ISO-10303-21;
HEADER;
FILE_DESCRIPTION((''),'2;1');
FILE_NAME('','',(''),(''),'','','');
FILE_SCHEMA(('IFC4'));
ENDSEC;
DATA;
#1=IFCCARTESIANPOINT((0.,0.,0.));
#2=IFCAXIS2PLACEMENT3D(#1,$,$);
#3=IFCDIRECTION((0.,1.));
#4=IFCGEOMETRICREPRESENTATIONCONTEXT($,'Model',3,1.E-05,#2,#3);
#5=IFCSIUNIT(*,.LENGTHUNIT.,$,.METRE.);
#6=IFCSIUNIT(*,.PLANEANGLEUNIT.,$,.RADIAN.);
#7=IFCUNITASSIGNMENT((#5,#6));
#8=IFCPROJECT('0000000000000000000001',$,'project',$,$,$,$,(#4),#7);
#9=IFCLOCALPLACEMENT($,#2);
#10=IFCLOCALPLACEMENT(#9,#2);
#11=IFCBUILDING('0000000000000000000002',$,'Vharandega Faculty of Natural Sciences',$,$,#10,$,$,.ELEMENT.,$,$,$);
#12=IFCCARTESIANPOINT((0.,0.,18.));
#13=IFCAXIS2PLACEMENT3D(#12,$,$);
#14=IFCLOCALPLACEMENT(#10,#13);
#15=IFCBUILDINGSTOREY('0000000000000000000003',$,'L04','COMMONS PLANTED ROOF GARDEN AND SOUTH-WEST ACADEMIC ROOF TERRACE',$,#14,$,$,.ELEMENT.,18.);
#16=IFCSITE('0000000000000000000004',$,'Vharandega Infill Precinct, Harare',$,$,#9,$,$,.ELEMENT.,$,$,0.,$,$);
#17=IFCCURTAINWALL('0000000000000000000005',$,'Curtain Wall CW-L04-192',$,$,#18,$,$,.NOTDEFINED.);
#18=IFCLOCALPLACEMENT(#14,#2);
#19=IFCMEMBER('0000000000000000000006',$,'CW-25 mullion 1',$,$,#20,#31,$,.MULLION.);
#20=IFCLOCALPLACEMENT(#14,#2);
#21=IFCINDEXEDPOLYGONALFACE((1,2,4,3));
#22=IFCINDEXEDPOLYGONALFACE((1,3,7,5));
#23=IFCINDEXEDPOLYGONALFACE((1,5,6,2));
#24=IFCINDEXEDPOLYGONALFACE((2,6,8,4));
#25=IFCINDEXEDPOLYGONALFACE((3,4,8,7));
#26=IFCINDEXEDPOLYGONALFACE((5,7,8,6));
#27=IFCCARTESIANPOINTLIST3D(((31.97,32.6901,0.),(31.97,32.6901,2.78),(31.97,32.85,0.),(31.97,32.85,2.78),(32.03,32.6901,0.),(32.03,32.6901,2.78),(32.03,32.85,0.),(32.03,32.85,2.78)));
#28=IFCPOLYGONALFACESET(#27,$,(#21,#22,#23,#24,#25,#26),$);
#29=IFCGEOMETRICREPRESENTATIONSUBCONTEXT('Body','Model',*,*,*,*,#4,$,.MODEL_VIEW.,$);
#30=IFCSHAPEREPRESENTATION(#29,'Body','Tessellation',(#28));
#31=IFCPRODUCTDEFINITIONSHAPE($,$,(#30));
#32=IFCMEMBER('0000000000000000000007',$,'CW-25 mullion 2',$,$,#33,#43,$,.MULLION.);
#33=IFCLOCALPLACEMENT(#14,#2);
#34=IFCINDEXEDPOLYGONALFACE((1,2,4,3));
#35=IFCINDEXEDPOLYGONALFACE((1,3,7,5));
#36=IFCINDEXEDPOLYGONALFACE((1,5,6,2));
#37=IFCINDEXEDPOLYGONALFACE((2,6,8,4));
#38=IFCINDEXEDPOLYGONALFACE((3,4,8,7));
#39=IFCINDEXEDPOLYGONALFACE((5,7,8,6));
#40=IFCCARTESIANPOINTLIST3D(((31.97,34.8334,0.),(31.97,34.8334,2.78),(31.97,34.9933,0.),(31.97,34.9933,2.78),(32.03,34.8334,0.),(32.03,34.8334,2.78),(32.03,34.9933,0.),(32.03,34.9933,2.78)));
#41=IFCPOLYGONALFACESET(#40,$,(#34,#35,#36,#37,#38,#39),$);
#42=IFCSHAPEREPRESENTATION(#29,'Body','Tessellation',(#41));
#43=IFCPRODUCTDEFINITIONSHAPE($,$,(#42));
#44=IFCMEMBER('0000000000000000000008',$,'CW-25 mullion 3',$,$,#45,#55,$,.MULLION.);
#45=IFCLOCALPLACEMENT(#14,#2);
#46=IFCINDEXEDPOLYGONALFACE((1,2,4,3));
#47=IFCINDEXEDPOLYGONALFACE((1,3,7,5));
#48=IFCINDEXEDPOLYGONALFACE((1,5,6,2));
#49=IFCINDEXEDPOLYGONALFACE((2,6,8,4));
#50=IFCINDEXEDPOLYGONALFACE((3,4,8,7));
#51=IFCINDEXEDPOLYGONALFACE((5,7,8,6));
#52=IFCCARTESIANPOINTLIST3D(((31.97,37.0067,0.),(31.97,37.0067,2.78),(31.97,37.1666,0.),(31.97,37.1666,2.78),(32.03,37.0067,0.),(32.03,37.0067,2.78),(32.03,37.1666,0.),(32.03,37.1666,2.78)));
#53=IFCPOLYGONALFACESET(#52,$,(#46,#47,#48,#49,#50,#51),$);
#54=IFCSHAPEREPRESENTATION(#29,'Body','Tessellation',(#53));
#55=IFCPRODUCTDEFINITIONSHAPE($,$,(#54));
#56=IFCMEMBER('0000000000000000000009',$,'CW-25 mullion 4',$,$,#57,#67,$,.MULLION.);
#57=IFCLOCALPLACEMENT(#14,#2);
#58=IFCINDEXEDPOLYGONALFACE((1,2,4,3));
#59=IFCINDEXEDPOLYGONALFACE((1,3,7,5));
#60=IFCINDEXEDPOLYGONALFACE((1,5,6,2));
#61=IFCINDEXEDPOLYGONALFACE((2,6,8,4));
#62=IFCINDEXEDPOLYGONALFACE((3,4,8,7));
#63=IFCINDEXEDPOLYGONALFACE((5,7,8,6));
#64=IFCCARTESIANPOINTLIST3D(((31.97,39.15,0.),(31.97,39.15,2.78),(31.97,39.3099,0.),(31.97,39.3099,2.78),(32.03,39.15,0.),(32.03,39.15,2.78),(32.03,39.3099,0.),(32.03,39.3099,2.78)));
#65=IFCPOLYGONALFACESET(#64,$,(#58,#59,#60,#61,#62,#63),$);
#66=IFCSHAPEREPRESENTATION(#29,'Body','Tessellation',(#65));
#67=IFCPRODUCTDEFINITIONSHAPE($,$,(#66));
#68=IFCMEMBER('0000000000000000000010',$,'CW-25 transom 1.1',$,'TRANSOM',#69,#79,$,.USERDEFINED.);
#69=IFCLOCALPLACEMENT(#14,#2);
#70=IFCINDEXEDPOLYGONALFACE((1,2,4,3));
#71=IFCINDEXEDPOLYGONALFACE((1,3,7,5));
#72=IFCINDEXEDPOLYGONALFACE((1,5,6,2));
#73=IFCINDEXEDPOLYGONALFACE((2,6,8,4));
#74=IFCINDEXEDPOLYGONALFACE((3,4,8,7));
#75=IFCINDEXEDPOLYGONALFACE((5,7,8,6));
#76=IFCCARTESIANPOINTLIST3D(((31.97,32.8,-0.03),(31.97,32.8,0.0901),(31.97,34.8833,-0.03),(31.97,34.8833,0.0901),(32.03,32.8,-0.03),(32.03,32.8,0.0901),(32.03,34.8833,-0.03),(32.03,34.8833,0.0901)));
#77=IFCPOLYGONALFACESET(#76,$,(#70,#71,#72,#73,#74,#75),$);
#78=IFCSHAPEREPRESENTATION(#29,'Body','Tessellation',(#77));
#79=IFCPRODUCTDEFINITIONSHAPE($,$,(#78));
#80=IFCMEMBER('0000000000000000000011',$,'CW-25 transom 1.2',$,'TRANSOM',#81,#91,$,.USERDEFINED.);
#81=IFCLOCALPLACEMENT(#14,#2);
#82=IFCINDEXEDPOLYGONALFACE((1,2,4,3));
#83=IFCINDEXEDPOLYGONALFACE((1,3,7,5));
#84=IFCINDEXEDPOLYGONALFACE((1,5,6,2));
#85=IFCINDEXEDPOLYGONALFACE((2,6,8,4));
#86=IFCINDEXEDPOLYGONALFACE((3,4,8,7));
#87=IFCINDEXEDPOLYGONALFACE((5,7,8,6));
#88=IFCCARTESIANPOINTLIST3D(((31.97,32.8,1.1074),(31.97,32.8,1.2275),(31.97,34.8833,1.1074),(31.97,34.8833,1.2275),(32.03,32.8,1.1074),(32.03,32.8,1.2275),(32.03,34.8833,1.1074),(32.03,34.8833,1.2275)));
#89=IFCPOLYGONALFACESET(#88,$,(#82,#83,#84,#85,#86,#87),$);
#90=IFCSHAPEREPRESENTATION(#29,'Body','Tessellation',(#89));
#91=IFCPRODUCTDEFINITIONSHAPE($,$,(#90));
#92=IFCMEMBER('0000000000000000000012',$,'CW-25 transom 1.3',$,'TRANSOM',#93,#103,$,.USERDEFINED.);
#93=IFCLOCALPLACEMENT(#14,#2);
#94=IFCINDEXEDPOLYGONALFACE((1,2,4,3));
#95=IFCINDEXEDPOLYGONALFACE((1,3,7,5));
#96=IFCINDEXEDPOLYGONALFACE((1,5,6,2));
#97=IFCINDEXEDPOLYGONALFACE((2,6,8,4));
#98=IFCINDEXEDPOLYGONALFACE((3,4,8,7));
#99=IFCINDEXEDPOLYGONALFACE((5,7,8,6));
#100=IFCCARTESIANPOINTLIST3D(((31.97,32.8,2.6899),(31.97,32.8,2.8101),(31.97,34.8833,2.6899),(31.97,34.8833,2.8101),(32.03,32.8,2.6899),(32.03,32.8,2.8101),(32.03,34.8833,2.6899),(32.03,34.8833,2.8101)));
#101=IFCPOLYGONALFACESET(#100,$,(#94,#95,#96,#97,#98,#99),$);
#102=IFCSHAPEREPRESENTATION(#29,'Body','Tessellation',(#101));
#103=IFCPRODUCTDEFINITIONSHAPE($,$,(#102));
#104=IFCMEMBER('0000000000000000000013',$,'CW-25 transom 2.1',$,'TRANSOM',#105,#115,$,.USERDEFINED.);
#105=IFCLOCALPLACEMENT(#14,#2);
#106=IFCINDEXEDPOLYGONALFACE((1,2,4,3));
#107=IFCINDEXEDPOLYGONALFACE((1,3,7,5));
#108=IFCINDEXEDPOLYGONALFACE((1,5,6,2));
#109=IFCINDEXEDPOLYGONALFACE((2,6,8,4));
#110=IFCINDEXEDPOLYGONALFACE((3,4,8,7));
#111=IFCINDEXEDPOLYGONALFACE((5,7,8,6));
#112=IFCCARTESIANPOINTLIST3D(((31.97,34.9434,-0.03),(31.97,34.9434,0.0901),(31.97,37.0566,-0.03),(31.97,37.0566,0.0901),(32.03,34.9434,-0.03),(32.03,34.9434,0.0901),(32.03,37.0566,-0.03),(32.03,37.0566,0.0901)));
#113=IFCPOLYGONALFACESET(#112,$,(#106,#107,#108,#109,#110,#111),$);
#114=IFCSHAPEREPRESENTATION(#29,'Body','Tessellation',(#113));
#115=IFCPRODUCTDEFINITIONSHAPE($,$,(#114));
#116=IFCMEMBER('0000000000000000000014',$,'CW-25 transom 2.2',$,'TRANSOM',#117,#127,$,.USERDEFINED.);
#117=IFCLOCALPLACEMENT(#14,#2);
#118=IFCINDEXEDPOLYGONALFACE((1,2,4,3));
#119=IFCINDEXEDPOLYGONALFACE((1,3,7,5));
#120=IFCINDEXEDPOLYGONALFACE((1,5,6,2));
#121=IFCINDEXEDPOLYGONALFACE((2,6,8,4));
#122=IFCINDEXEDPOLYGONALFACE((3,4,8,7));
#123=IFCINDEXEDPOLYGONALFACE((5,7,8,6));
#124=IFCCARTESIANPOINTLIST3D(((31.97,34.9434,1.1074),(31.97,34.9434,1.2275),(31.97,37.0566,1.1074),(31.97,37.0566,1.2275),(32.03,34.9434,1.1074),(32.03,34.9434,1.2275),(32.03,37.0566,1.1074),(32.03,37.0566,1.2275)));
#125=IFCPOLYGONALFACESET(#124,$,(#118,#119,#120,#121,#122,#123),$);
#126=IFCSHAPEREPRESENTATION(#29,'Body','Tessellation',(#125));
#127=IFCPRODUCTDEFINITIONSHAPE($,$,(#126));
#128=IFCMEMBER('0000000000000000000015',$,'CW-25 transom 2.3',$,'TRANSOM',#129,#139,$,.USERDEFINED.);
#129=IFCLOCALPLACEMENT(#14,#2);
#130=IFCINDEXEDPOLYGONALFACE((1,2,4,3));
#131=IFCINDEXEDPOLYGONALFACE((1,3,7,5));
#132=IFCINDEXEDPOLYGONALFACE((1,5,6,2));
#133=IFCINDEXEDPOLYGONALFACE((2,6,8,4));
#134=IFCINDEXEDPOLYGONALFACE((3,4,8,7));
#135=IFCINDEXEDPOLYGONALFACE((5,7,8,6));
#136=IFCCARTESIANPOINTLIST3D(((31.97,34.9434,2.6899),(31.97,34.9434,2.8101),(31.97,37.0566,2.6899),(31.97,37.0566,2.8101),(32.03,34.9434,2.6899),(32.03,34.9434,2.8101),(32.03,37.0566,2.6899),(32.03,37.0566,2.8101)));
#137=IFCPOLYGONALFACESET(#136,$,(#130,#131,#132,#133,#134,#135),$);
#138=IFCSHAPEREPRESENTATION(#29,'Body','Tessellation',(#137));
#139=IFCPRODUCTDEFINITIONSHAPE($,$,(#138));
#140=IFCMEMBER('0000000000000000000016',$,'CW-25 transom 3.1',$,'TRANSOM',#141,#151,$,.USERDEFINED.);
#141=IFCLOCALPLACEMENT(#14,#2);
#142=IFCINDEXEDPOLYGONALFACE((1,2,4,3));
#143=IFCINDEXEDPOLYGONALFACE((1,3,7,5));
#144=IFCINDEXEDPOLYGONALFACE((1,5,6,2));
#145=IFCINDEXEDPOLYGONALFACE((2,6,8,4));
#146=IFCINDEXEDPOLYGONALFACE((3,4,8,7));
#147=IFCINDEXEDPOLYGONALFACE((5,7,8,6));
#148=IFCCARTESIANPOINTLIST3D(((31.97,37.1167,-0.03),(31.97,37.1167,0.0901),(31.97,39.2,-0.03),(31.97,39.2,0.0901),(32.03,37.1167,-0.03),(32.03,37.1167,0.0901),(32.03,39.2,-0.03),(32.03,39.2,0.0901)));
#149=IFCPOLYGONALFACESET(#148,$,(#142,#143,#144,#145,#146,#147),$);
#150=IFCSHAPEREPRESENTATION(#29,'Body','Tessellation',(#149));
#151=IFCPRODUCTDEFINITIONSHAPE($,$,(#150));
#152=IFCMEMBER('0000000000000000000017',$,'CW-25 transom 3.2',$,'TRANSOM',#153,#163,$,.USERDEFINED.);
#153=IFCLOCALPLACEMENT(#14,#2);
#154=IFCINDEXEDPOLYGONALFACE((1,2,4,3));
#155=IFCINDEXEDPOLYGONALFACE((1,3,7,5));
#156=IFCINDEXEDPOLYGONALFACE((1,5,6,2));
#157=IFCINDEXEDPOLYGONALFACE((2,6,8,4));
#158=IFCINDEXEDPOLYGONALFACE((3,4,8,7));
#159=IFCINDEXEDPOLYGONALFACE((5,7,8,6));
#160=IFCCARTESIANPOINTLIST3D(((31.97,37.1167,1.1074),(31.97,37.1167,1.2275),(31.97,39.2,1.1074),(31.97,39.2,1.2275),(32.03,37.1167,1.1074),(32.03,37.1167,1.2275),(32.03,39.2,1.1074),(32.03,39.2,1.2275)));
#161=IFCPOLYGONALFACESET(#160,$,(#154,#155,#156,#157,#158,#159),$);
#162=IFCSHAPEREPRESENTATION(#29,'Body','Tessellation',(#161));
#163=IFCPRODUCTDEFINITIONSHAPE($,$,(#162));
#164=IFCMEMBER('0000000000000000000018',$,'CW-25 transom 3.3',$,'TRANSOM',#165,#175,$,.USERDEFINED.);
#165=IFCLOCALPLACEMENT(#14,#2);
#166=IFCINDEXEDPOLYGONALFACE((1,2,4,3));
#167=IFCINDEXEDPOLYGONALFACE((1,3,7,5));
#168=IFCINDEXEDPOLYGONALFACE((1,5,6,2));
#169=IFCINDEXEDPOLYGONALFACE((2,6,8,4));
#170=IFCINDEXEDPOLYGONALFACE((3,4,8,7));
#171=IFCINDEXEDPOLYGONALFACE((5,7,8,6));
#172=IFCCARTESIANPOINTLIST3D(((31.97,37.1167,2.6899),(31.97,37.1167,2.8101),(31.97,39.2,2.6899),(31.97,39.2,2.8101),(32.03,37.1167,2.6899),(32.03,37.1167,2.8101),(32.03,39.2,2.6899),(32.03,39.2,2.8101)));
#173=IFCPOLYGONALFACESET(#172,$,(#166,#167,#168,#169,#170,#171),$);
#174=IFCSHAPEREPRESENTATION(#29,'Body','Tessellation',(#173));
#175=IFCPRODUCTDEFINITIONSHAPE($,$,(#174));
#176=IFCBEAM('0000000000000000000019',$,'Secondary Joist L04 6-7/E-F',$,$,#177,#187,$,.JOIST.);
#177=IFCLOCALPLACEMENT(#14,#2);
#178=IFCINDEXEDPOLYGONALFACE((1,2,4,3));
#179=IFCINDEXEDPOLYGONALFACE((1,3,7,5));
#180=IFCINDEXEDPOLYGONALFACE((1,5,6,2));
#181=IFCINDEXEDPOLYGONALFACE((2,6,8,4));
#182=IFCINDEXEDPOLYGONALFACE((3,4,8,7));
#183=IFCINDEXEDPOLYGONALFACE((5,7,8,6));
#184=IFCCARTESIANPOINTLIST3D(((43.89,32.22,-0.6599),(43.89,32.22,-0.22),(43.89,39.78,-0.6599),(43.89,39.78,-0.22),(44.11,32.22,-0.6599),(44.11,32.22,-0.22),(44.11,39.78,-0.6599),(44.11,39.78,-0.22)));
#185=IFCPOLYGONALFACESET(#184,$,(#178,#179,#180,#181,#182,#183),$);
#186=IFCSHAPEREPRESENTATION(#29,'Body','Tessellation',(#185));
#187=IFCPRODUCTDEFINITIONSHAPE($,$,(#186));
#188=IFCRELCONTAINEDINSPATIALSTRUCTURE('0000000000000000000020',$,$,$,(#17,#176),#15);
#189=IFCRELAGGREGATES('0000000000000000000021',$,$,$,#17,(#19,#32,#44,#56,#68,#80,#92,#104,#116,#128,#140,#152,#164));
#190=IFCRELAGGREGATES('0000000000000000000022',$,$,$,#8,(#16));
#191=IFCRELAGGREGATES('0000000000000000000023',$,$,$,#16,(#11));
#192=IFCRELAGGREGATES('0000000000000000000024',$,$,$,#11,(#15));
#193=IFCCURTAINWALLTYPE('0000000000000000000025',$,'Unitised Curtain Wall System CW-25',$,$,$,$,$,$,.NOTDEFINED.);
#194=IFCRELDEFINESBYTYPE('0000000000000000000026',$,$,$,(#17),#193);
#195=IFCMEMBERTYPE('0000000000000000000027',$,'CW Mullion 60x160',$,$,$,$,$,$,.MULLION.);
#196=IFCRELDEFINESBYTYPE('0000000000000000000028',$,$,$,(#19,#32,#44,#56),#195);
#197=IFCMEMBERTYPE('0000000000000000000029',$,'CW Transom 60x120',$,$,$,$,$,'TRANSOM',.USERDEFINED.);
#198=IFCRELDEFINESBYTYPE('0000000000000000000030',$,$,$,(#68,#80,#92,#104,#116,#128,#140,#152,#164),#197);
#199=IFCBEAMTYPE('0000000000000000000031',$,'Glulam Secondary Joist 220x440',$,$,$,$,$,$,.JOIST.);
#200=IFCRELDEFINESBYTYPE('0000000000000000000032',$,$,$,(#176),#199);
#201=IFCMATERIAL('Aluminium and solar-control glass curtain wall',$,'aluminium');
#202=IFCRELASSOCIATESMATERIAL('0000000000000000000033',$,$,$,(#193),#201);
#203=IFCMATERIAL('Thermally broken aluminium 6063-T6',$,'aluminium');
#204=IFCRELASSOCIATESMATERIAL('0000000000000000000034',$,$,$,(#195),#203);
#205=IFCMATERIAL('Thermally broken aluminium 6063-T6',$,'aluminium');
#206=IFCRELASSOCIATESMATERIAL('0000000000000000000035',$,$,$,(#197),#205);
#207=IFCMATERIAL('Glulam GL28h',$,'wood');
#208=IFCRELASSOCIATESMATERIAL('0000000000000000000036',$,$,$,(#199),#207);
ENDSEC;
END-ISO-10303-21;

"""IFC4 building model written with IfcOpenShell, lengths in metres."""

from ifc_helpers import new_model, si_unit, direction, frame, origin, origin_2d, place, context, subcontext, project, spatial, rectangle, extrude, material, material_profile, profile_set, type_object, element, aggregate, save


model = new_model("IFC4")

# Units and contexts
model_context = context("Model", 3, precision=1e-05, world=origin(), true_north=direction((0.0, 1.0)))
body_context = subcontext(model_context, "Body", "Model", "MODEL_VIEW")
ifc_project = project(units=[si_unit("LENGTHUNIT", "METRE"), si_unit("PLANEANGLEUNIT", "RADIAN")], contexts=[model_context])

# Site, building, storey
site_placement = place(None, origin())
site = spatial("IfcSite", under=ifc_project, at=site_placement, Name="Vharandega Infill Precinct, Harare", CompositionType="ELEMENT", RefElevation=0.0)
building_placement = place(site_placement, origin())
building = spatial("IfcBuilding", under=site, at=building_placement, Name="Vharandega Faculty of Natural Sciences", CompositionType="ELEMENT")
storey_placement = place(building_placement, frame((0.0, 0.0, 18.0)))
storey = spatial("IfcBuildingStorey", under=building, at=storey_placement, Name="L04", Description="COMMONS PLANTED ROOF GARDEN AND SOUTH-WEST ACADEMIC ROOF TERRACE", CompositionType="ELEMENT", Elevation=18.0)

# Curtain wall, members
ifc_material_1 = material(Name="Aluminium and solar-control glass curtain wall", Category="aluminium")
curtain_wall_type = type_object("IfcCurtainWallType", Name="Unitised Curtain Wall System CW-25", PredefinedType="NOTDEFINED", material=ifc_material_1)
curtain_wall_placement = place(storey_placement, origin())
curtain_wall = element("IfcCurtainWall", 1, at=curtain_wall_placement, inside=storey, type_object=curtain_wall_type, Name="Curtain Wall CW-L04-192", PredefinedType="NOTDEFINED")
ifc_material_2 = material(Name="Thermally broken aluminium 6063-T6", Category="aluminium")
ifc_material_profile_1 = material_profile(ifc_material_2, rectangle(XDim=0.0601, YDim=0.1599, at=origin_2d()), Name="ALU 60x160")
ifc_profile_set_1 = profile_set([ifc_material_profile_1], Name="Thermally broken aluminium 6063-T6")
member_type_1 = type_object("IfcMemberType", Name="CW Mullion 60x160", PredefinedType="MULLION", material=ifc_profile_set_1)
member_1_placement = place(storey_placement, frame((32.0, 32.77, 0.0), z_axis=(0.0, 0.0, 1.0), x_axis=(-1.0, 0.0, 0.0)))
member_1 = element("IfcMember", 2, at=member_1_placement, type_object=member_type_1, Name="CW-25 mullion 1", PredefinedType="MULLION", context=body_context, shape_type="SweptSolid", body=[
    extrude(rectangle(XDim=0.0601, YDim=0.1599, at=origin_2d()), origin(), (0.0, 0.0, 1.0), 2.78),
])
member_2_placement = place(storey_placement, frame((32.0, 34.9133, 0.0), z_axis=(0.0, 0.0, 1.0), x_axis=(-1.0, 0.0, 0.0)))
member_2 = element("IfcMember", 3, at=member_2_placement, type_object=member_type_1, Name="CW-25 mullion 2", PredefinedType="MULLION", context=body_context, shape_type="SweptSolid", body=[
    extrude(rectangle(XDim=0.0601, YDim=0.1599, at=origin_2d()), origin(), (0.0, 0.0, 1.0), 2.78),
])
member_3_placement = place(storey_placement, frame((32.0, 37.0867, 0.0), z_axis=(0.0, 0.0, 1.0), x_axis=(-1.0, 0.0, 0.0)))
member_3 = element("IfcMember", 4, at=member_3_placement, type_object=member_type_1, Name="CW-25 mullion 3", PredefinedType="MULLION", context=body_context, shape_type="SweptSolid", body=[
    extrude(rectangle(XDim=0.0601, YDim=0.1599, at=origin_2d()), origin(), (0.0, 0.0, 1.0), 2.78),
])
member_4_placement = place(storey_placement, frame((32.0, 39.23, 0.0), z_axis=(0.0, 0.0, 1.0), x_axis=(-1.0, 0.0, 0.0)))
member_4 = element("IfcMember", 5, at=member_4_placement, type_object=member_type_1, Name="CW-25 mullion 4", PredefinedType="MULLION", context=body_context, shape_type="SweptSolid", body=[
    extrude(rectangle(XDim=0.0601, YDim=0.1599, at=origin_2d()), origin(), (0.0, 0.0, 1.0), 2.78),
])
ifc_material_3 = material(Name="Thermally broken aluminium 6063-T6", Category="aluminium")
ifc_material_profile_2 = material_profile(ifc_material_3, rectangle(XDim=0.0601, YDim=0.1201, at=origin_2d()), Name="ALU 60x120")
ifc_profile_set_2 = profile_set([ifc_material_profile_2], Name="Thermally broken aluminium 6063-T6")
member_type_2 = type_object("IfcMemberType", Name="CW Transom 60x120", ElementType="TRANSOM", PredefinedType="USERDEFINED", material=ifc_profile_set_2)
member_5_placement = place(storey_placement, frame((32.0, 32.8, 0.03), z_axis=(0.0, 1.0, 0.0), x_axis=(-1.0, 0.0, 0.0)))
member_5 = element("IfcMember", 6, at=member_5_placement, type_object=member_type_2, Name="CW-25 transom 1.1", ObjectType="TRANSOM", PredefinedType="USERDEFINED", context=body_context, shape_type="SweptSolid", body=[
    extrude(rectangle(XDim=0.0601, YDim=0.1201, at=origin_2d()), origin(), (0.0, 0.0, 1.0), 2.0833),
])
member_6_placement = place(storey_placement, frame((32.0, 32.8, 1.1675), z_axis=(0.0, 1.0, 0.0), x_axis=(-1.0, 0.0, 0.0)))
member_6 = element("IfcMember", 7, at=member_6_placement, type_object=member_type_2, Name="CW-25 transom 1.2", ObjectType="TRANSOM", PredefinedType="USERDEFINED", context=body_context, shape_type="SweptSolid", body=[
    extrude(rectangle(XDim=0.0601, YDim=0.1201, at=origin_2d()), origin(), (0.0, 0.0, 1.0), 2.0833),
])
member_7_placement = place(storey_placement, frame((32.0, 32.8, 2.75), z_axis=(0.0, 1.0, 0.0), x_axis=(-1.0, 0.0, 0.0)))
member_7 = element("IfcMember", 8, at=member_7_placement, type_object=member_type_2, Name="CW-25 transom 1.3", ObjectType="TRANSOM", PredefinedType="USERDEFINED", context=body_context, shape_type="SweptSolid", body=[
    extrude(rectangle(XDim=0.0601, YDim=0.1201, at=origin_2d()), origin(), (0.0, 0.0, 1.0), 2.0833),
])
member_8_placement = place(storey_placement, frame((32.0, 34.9434, 0.03), z_axis=(0.0, 1.0, 0.0), x_axis=(-1.0, 0.0, 0.0)))
member_8 = element("IfcMember", 9, at=member_8_placement, type_object=member_type_2, Name="CW-25 transom 2.1", ObjectType="TRANSOM", PredefinedType="USERDEFINED", context=body_context, shape_type="SweptSolid", body=[
    extrude(rectangle(XDim=0.0601, YDim=0.1201, at=origin_2d()), origin(), (0.0, 0.0, 1.0), 2.1133),
])
member_9_placement = place(storey_placement, frame((32.0, 34.9434, 1.1675), z_axis=(0.0, 1.0, 0.0), x_axis=(-1.0, 0.0, 0.0)))
member_9 = element("IfcMember", 10, at=member_9_placement, type_object=member_type_2, Name="CW-25 transom 2.2", ObjectType="TRANSOM", PredefinedType="USERDEFINED", context=body_context, shape_type="SweptSolid", body=[
    extrude(rectangle(XDim=0.0601, YDim=0.1201, at=origin_2d()), origin(), (0.0, 0.0, 1.0), 2.1133),
])
member_10_placement = place(storey_placement, frame((32.0, 34.9434, 2.75), z_axis=(0.0, 1.0, 0.0), x_axis=(-1.0, 0.0, 0.0)))
member_10 = element("IfcMember", 11, at=member_10_placement, type_object=member_type_2, Name="CW-25 transom 2.3", ObjectType="TRANSOM", PredefinedType="USERDEFINED", context=body_context, shape_type="SweptSolid", body=[
    extrude(rectangle(XDim=0.0601, YDim=0.1201, at=origin_2d()), origin(), (0.0, 0.0, 1.0), 2.1133),
])
member_11_placement = place(storey_placement, frame((32.0, 37.1167, 0.03), z_axis=(0.0, 1.0, 0.0), x_axis=(-1.0, 0.0, 0.0)))
member_11 = element("IfcMember", 12, at=member_11_placement, type_object=member_type_2, Name="CW-25 transom 3.1", ObjectType="TRANSOM", PredefinedType="USERDEFINED", context=body_context, shape_type="SweptSolid", body=[
    extrude(rectangle(XDim=0.0601, YDim=0.1201, at=origin_2d()), origin(), (0.0, 0.0, 1.0), 2.0833),
])
member_12_placement = place(storey_placement, frame((32.0, 37.1167, 1.1675), z_axis=(0.0, 1.0, 0.0), x_axis=(-1.0, 0.0, 0.0)))
member_12 = element("IfcMember", 13, at=member_12_placement, type_object=member_type_2, Name="CW-25 transom 3.2", ObjectType="TRANSOM", PredefinedType="USERDEFINED", context=body_context, shape_type="SweptSolid", body=[
    extrude(rectangle(XDim=0.0601, YDim=0.1201, at=origin_2d()), origin(), (0.0, 0.0, 1.0), 2.0833),
])
member_13_placement = place(storey_placement, frame((32.0, 37.1167, 2.75), z_axis=(0.0, 1.0, 0.0), x_axis=(-1.0, 0.0, 0.0)))
member_13 = element("IfcMember", 14, at=member_13_placement, type_object=member_type_2, Name="CW-25 transom 3.3", ObjectType="TRANSOM", PredefinedType="USERDEFINED", context=body_context, shape_type="SweptSolid", body=[
    extrude(rectangle(XDim=0.0601, YDim=0.1201, at=origin_2d()), origin(), (0.0, 0.0, 1.0), 2.0833),
])

# Beam
ifc_material_4 = material(Name="Glulam GL28h", Category="wood")
ifc_material_profile_3 = material_profile(ifc_material_4, rectangle(XDim=0.22, YDim=0.4399, at=origin_2d()), Name="GL28h 220x440")
ifc_profile_set_3 = profile_set([ifc_material_profile_3], Name="Glulam GL28h")
beam_type = type_object("IfcBeamType", Name="Glulam Secondary Joist 220x440", PredefinedType="JOIST", material=ifc_profile_set_3)
beam_placement = place(storey_placement, frame((44.0, 32.22, -0.4399), z_axis=(0.0, 1.0, 0.0), x_axis=(-1.0, 0.0, 0.0)))
element("IfcBeam", 15, at=beam_placement, inside=storey, type_object=beam_type, Name="Secondary Joist L04 6-7/E-F", PredefinedType="JOIST", context=body_context, shape_type="SweptSolid", body=[
    extrude(rectangle(XDim=0.22, YDim=0.4399, at=origin_2d()), origin(), (0.0, 0.0, 1.0), 7.5601),
])

aggregate(curtain_wall, [member_1, member_2, member_3, member_4, member_5, member_6, member_7, member_8, member_9, member_10, member_11, member_12, member_13])

save(model, "model.ifc")
